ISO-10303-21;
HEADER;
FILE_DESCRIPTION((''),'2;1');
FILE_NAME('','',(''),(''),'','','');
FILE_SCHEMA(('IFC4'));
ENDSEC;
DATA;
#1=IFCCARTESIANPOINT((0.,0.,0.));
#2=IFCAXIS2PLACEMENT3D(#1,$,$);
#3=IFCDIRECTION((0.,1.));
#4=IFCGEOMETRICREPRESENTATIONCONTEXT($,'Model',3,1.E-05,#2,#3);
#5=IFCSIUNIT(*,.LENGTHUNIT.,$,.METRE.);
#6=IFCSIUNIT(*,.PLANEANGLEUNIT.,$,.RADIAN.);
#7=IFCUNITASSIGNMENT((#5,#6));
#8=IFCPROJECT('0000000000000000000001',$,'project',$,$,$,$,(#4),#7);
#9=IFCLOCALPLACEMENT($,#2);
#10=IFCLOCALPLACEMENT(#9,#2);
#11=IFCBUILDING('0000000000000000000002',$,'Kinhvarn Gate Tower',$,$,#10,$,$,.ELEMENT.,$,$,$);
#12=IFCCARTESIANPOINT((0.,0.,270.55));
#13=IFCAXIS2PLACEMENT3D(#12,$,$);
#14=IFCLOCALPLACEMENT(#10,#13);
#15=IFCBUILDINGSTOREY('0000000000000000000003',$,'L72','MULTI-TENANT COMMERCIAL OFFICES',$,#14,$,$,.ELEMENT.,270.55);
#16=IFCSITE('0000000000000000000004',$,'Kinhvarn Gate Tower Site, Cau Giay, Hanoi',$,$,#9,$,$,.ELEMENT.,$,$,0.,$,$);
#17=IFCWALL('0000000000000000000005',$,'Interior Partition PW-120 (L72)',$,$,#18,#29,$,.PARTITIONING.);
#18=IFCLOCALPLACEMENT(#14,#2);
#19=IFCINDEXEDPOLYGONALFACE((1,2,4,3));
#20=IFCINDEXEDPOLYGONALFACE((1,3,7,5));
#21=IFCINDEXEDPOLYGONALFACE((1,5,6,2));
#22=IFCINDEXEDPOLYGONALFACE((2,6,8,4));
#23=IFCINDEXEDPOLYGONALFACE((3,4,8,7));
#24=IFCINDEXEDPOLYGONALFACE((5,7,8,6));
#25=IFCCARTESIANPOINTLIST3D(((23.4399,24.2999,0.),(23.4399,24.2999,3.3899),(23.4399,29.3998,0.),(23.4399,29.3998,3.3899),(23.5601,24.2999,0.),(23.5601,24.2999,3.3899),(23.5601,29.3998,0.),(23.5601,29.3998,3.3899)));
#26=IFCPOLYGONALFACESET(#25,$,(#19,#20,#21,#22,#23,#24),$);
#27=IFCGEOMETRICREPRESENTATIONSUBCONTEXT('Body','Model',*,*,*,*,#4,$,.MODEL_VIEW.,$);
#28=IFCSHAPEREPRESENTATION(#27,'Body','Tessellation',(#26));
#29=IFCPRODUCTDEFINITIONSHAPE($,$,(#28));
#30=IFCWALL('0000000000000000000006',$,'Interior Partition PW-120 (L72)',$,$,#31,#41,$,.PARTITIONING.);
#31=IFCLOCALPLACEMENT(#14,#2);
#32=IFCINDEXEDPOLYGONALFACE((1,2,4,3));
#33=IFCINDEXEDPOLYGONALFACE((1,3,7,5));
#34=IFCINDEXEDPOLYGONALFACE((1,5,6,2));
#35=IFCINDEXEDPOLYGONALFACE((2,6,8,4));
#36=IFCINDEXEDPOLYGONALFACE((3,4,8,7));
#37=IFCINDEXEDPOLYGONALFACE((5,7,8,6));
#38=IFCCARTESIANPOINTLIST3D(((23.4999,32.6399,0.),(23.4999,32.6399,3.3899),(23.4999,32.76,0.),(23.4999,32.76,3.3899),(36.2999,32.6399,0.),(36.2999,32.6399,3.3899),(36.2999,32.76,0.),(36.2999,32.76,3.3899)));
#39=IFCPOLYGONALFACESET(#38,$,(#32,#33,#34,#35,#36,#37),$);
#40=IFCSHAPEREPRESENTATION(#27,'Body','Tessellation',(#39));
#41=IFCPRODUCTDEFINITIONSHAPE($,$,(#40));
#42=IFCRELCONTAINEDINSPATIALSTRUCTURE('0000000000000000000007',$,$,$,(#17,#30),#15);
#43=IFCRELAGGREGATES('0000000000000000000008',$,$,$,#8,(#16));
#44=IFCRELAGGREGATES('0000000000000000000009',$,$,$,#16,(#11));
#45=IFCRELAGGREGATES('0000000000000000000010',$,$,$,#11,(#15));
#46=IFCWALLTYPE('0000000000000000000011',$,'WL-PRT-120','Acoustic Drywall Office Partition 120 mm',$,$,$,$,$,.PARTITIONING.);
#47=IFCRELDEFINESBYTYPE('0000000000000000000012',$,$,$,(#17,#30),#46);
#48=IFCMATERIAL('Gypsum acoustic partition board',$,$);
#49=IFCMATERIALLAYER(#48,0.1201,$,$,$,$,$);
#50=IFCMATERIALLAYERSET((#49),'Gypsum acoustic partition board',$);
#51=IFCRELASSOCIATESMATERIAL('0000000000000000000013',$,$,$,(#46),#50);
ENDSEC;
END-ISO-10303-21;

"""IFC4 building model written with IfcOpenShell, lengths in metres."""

from ifc_helpers import new_model, si_unit, direction, frame, frame_2d, origin, place, context, subcontext, project, spatial, rectangle, extrude, material, layer, layer_set, type_object, element, save


model = new_model("IFC4")

# Units and contexts
model_context = context("Model", 3, precision=1e-05, world=origin(), true_north=direction((0.0, 1.0)))
body_context = subcontext(model_context, "Body", "Model", "MODEL_VIEW")
ifc_project = project(units=[si_unit("LENGTHUNIT", "METRE"), si_unit("PLANEANGLEUNIT", "RADIAN")], contexts=[model_context])

# Site, building, storey
site_placement = place(None, origin())
site = spatial("IfcSite", under=ifc_project, at=site_placement, Name="Kinhvarn Gate Tower Site, Cau Giay, Hanoi", CompositionType="ELEMENT", RefElevation=0.0)
building_placement = place(site_placement, origin())
building = spatial("IfcBuilding", under=site, at=building_placement, Name="Kinhvarn Gate Tower", CompositionType="ELEMENT")
storey_placement = place(building_placement, frame((0.0, 0.0, 270.55)))
storey = spatial("IfcBuildingStorey", under=building, at=storey_placement, Name="L72", Description="MULTI-TENANT COMMERCIAL OFFICES", CompositionType="ELEMENT", Elevation=270.55)

# Walls
ifc_material_1 = material(Name="Gypsum acoustic partition board")
ifc_layer_1 = layer(ifc_material_1, 0.1201)
ifc_layer_set_1 = layer_set([ifc_layer_1], Name="Gypsum acoustic partition board")
wall_type_1 = type_object("IfcWallType", Name="WL-PRT-120", Description="Acoustic Drywall Office Partition 120 mm", PredefinedType="PARTITIONING", material=ifc_layer_set_1)
wall_1_placement = place(storey_placement, frame((23.5, 24.3, 0.0), z_axis=(0.0, 0.0, 1.0), x_axis=(0.0, 1.0, 0.0)))
element("IfcWall", 1, at=wall_1_placement, inside=storey, type_object=wall_type_1, Name="Interior Partition PW-120 (L72)", PredefinedType="PARTITIONING", context=body_context, shape_type="SweptSolid", body=[
    extrude(rectangle(XDim=5.0999, YDim=0.1201, at=frame_2d((2.5498, 0.0))), origin(), (0.0, 0.0, 1.0), 3.3899),
])
wall_2_placement = place(storey_placement, frame((23.5, 32.7, 0.0), z_axis=(0.0, 0.0, 1.0), x_axis=(1.0, 0.0, 0.0)))
element("IfcWall", 2, at=wall_2_placement, inside=storey, type_object=wall_type_1, Name="Interior Partition PW-120 (L72)", PredefinedType="PARTITIONING", context=body_context, shape_type="SweptSolid", body=[
    extrude(rectangle(XDim=12.8, YDim=0.1201, at=frame_2d((6.3999, 0.0))), origin(), (0.0, 0.0, 1.0), 3.3899),
])

save(model, "model.ifc")
